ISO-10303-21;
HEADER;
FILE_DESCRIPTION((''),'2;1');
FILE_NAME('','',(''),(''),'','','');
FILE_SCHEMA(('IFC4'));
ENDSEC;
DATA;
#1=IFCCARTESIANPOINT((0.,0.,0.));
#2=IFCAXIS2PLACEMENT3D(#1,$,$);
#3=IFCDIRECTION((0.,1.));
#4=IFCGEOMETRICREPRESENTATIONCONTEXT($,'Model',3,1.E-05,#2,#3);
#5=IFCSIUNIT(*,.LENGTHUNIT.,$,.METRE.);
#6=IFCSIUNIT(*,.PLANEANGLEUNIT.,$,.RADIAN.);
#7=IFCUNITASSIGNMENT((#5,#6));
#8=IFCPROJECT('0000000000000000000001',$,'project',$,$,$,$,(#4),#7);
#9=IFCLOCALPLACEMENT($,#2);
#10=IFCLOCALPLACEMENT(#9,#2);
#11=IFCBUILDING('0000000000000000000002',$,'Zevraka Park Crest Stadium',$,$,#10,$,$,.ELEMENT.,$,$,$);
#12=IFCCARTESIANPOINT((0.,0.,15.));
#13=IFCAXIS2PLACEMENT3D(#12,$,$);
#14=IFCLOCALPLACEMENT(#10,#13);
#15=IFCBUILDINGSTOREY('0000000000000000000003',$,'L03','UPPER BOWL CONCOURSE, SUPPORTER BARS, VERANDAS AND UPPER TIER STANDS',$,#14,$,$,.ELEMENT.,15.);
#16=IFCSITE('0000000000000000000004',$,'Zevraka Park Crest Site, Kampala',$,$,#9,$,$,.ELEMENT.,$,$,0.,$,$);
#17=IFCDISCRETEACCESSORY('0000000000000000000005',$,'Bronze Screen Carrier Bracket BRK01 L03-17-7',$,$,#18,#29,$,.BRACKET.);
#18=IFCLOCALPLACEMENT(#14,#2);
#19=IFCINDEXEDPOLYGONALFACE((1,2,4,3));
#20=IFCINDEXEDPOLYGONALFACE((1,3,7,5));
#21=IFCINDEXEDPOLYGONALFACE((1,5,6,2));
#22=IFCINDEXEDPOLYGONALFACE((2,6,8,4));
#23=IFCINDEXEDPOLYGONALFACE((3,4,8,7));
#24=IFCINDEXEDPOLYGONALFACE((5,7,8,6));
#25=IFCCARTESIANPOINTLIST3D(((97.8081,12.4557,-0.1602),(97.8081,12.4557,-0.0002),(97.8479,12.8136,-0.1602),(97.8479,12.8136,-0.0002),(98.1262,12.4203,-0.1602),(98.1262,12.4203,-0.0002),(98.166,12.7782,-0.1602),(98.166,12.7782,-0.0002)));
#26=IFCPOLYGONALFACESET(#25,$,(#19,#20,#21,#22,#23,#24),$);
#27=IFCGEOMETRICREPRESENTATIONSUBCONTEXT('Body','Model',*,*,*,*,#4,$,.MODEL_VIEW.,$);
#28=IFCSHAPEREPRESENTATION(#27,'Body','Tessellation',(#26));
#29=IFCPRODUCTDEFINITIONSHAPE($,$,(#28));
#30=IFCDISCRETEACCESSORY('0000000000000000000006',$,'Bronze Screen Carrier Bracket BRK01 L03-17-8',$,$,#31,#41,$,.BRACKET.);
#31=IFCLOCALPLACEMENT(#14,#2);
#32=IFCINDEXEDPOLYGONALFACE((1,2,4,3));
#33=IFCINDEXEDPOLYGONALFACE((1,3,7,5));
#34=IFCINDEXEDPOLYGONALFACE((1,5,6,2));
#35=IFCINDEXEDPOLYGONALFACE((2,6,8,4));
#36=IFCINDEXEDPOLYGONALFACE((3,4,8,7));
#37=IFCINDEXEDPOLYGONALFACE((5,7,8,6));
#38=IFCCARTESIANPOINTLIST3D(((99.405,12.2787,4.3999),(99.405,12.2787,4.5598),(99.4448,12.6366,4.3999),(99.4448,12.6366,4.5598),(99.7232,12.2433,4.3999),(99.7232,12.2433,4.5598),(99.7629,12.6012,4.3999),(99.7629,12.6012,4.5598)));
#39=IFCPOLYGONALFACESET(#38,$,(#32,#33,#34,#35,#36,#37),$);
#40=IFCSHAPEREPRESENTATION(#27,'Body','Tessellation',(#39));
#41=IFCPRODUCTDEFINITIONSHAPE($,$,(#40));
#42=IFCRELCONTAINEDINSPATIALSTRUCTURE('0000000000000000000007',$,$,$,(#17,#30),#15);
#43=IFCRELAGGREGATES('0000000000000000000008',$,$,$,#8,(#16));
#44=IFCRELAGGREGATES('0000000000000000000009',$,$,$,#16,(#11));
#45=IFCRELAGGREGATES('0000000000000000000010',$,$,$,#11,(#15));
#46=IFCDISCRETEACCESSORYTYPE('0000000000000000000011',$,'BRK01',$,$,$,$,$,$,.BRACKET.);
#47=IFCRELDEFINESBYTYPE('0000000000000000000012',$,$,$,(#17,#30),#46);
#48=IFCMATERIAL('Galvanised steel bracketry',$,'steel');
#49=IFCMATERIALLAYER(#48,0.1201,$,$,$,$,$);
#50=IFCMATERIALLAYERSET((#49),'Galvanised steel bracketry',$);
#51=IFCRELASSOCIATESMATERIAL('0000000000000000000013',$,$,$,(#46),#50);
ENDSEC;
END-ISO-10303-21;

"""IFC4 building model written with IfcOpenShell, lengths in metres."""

from ifc_helpers import new_model, si_unit, direction, frame, origin, origin_2d, place, context, subcontext, project, spatial, rectangle, extrude, material, layer, layer_set, type_object, element, save


model = new_model("IFC4")

# Units and contexts
model_context = context("Model", 3, precision=1e-05, world=origin(), true_north=direction((0.0, 1.0)))
body_context = subcontext(model_context, "Body", "Model", "MODEL_VIEW")
ifc_project = project(units=[si_unit("LENGTHUNIT", "METRE"), si_unit("PLANEANGLEUNIT", "RADIAN")], contexts=[model_context])

# Site, building, storey
site_placement = place(None, origin())
site = spatial("IfcSite", under=ifc_project, at=site_placement, Name="Zevraka Park Crest Site, Kampala", CompositionType="ELEMENT", RefElevation=0.0)
building_placement = place(site_placement, origin())
building = spatial("IfcBuilding", under=site, at=building_placement, Name="Zevraka Park Crest Stadium", CompositionType="ELEMENT")
storey_placement = place(building_placement, frame((0.0, 0.0, 15.0)))
storey = spatial("IfcBuildingStorey", under=building, at=storey_placement, Name="L03", Description="UPPER BOWL CONCOURSE, SUPPORTER BARS, VERANDAS AND UPPER TIER STANDS", CompositionType="ELEMENT", Elevation=15.0)

# Discrete accessories
ifc_material_1 = material(Name="Galvanised steel bracketry", Category="steel")
ifc_layer_1 = layer(ifc_material_1, 0.1201)
ifc_layer_set_1 = layer_set([ifc_layer_1], Name="Galvanised steel bracketry")
discrete_accessory_type = type_object("IfcDiscreteAccessoryType", Name="BRK01", PredefinedType="BRACKET", material=ifc_layer_set_1)
for number, where, z_axis, x_axis, name in (
    (1, (97.9871, 12.6169, -0.1602), (0.0, 0.0, 1.0), (0.993884, -0.110428, 0.0), "Bronze Screen Carrier Bracket BRK01 L03-17-7"),
    (2, (99.584, 12.4399, 4.3999), (0.0, 0.0, 1.0), (0.993884, -0.110428, 0.0), "Bronze Screen Carrier Bracket BRK01 L03-17-8"),
):
    element("IfcDiscreteAccessory", number, at=place(storey_placement, frame(where, z_axis=z_axis, x_axis=x_axis)), inside=storey, type_object=discrete_accessory_type, Name=name, PredefinedType="BRACKET", context=body_context, shape_type="SweptSolid", body=[
        extrude(rectangle(XDim=0.3201, YDim=0.3601, at=origin_2d()), origin(), (0.0, 0.0, 1.0), 0.1599),
    ])

save(model, "model.ifc")
